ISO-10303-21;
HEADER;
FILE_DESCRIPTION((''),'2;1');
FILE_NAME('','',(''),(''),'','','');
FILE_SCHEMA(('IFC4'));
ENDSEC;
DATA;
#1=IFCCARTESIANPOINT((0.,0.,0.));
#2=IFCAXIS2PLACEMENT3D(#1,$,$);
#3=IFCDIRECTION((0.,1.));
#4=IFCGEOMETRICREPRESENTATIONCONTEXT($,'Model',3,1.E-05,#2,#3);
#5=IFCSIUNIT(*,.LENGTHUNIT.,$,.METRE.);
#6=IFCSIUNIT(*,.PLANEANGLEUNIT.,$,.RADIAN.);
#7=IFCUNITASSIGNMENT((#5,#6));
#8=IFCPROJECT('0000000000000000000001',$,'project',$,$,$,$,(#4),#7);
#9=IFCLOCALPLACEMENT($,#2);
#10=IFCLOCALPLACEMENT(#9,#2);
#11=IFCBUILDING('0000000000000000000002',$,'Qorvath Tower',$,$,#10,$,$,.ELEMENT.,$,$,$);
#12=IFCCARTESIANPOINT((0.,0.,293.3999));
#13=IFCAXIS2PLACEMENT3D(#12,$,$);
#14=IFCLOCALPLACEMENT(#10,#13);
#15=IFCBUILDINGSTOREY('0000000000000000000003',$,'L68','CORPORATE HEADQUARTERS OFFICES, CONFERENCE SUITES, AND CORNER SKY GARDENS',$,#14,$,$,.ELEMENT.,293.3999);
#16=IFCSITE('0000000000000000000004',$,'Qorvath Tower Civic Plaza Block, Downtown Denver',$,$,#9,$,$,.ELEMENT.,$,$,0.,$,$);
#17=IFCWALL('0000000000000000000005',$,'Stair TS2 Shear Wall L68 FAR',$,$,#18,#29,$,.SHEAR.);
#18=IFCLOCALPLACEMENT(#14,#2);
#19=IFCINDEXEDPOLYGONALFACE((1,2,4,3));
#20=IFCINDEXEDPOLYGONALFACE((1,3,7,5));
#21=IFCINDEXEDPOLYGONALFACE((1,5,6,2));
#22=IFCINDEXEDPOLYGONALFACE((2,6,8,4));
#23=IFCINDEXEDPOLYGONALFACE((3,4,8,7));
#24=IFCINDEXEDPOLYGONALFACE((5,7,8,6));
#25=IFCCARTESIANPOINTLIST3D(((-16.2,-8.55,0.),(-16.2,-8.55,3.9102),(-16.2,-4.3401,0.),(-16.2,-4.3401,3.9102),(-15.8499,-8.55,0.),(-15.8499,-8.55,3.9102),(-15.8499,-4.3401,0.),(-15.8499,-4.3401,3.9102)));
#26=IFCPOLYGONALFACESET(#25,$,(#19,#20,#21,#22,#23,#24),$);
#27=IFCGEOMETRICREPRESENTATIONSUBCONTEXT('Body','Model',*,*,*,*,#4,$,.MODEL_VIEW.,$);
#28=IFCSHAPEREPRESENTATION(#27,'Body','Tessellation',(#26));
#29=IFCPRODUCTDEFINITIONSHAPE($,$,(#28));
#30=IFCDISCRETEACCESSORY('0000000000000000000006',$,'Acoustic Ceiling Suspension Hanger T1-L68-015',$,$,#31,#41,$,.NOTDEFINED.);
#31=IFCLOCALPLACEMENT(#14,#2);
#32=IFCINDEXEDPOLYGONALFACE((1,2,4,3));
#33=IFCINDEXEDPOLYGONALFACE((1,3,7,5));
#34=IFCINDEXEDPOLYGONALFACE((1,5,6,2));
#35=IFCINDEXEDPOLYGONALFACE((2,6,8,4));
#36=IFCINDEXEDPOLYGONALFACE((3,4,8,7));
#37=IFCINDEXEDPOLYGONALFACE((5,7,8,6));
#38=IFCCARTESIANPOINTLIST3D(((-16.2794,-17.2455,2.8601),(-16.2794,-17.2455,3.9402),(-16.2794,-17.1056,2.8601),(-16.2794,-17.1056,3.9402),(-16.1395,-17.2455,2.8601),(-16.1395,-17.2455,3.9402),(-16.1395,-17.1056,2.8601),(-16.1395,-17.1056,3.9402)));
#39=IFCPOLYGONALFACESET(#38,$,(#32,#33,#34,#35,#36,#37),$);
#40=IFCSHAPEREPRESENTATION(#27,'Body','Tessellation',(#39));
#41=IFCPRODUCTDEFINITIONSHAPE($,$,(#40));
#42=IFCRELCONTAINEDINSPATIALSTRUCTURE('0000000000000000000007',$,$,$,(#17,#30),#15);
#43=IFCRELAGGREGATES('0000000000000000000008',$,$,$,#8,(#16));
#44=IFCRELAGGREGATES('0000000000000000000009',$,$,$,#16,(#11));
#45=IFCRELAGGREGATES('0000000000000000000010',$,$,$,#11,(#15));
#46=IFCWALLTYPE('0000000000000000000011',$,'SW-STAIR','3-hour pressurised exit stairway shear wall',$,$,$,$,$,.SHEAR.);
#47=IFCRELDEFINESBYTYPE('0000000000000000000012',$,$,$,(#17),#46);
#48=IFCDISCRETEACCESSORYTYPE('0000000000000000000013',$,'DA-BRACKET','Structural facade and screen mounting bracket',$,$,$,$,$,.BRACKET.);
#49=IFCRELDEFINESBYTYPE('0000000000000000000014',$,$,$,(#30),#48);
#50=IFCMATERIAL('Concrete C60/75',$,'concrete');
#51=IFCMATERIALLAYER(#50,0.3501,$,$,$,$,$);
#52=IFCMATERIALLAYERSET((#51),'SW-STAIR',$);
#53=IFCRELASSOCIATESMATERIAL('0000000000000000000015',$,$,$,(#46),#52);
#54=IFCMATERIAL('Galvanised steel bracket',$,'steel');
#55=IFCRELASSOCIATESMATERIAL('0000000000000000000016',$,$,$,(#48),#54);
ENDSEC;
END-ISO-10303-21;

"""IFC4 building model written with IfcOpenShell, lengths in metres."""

from ifc_helpers import new_model, si_unit, direction, frame, frame_2d, origin, origin_2d, place, context, subcontext, project, spatial, rectangle, extrude, material, layer, layer_set, type_object, element, save


model = new_model("IFC4")

# Units and contexts
model_context = context("Model", 3, precision=1e-05, world=origin(), true_north=direction((0.0, 1.0)))
body_context = subcontext(model_context, "Body", "Model", "MODEL_VIEW")
ifc_project = project(units=[si_unit("LENGTHUNIT", "METRE"), si_unit("PLANEANGLEUNIT", "RADIAN")], contexts=[model_context])

# Site, building, storey
site_placement = place(None, origin())
site = spatial("IfcSite", under=ifc_project, at=site_placement, Name="Qorvath Tower Civic Plaza Block, Downtown Denver", CompositionType="ELEMENT", RefElevation=0.0)
building_placement = place(site_placement, origin())
building = spatial("IfcBuilding", under=site, at=building_placement, Name="Qorvath Tower", CompositionType="ELEMENT")
storey_placement = place(building_placement, frame((0.0, 0.0, 293.3999)))
storey = spatial("IfcBuildingStorey", under=building, at=storey_placement, Name="L68", Description="CORPORATE HEADQUARTERS OFFICES, CONFERENCE SUITES, AND CORNER SKY GARDENS", CompositionType="ELEMENT", Elevation=293.3999)

# Wall
ifc_material_1 = material(Name="Concrete C60/75", Category="concrete")
ifc_layer_1 = layer(ifc_material_1, 0.3501)
ifc_layer_set_1 = layer_set([ifc_layer_1], Name="SW-STAIR")
wall_type = type_object("IfcWallType", Name="SW-STAIR", Description="3-hour pressurised exit stairway shear wall", PredefinedType="SHEAR", material=ifc_layer_set_1)
wall_placement = place(storey_placement, frame((-16.0249, -8.55, 0.0), z_axis=(0.0, 0.0, 1.0), x_axis=(0.0, 1.0, 0.0)))
element("IfcWall", 1, at=wall_placement, inside=storey, type_object=wall_type, Name="Stair TS2 Shear Wall L68 FAR", PredefinedType="SHEAR", context=body_context, shape_type="SweptSolid", body=[
    extrude(rectangle(XDim=4.21, YDim=0.3501, at=frame_2d((2.105, 0.0))), origin(), (0.0, 0.0, 1.0), 3.9102),
])

# Discrete accessory
ifc_material_2 = material(Name="Galvanised steel bracket", Category="steel")
discrete_accessory_type = type_object("IfcDiscreteAccessoryType", Name="DA-BRACKET", Description="Structural facade and screen mounting bracket", PredefinedType="BRACKET", material=ifc_material_2)
discrete_accessory_placement = place(storey_placement, frame((-16.2095, -17.1755, 2.8601), z_axis=(0.0, 0.0, 1.0), x_axis=(1.0, 0.0, 0.0)))
element("IfcDiscreteAccessory", 2, at=discrete_accessory_placement, inside=storey, type_object=discrete_accessory_type, Name="Acoustic Ceiling Suspension Hanger T1-L68-015", PredefinedType="NOTDEFINED", context=body_context, shape_type="SweptSolid", body=[
    extrude(rectangle(XDim=0.1399, YDim=0.1399, at=origin_2d()), origin(), (0.0, 0.0, 1.0), 1.0801),
])

save(model, "model.ifc")
